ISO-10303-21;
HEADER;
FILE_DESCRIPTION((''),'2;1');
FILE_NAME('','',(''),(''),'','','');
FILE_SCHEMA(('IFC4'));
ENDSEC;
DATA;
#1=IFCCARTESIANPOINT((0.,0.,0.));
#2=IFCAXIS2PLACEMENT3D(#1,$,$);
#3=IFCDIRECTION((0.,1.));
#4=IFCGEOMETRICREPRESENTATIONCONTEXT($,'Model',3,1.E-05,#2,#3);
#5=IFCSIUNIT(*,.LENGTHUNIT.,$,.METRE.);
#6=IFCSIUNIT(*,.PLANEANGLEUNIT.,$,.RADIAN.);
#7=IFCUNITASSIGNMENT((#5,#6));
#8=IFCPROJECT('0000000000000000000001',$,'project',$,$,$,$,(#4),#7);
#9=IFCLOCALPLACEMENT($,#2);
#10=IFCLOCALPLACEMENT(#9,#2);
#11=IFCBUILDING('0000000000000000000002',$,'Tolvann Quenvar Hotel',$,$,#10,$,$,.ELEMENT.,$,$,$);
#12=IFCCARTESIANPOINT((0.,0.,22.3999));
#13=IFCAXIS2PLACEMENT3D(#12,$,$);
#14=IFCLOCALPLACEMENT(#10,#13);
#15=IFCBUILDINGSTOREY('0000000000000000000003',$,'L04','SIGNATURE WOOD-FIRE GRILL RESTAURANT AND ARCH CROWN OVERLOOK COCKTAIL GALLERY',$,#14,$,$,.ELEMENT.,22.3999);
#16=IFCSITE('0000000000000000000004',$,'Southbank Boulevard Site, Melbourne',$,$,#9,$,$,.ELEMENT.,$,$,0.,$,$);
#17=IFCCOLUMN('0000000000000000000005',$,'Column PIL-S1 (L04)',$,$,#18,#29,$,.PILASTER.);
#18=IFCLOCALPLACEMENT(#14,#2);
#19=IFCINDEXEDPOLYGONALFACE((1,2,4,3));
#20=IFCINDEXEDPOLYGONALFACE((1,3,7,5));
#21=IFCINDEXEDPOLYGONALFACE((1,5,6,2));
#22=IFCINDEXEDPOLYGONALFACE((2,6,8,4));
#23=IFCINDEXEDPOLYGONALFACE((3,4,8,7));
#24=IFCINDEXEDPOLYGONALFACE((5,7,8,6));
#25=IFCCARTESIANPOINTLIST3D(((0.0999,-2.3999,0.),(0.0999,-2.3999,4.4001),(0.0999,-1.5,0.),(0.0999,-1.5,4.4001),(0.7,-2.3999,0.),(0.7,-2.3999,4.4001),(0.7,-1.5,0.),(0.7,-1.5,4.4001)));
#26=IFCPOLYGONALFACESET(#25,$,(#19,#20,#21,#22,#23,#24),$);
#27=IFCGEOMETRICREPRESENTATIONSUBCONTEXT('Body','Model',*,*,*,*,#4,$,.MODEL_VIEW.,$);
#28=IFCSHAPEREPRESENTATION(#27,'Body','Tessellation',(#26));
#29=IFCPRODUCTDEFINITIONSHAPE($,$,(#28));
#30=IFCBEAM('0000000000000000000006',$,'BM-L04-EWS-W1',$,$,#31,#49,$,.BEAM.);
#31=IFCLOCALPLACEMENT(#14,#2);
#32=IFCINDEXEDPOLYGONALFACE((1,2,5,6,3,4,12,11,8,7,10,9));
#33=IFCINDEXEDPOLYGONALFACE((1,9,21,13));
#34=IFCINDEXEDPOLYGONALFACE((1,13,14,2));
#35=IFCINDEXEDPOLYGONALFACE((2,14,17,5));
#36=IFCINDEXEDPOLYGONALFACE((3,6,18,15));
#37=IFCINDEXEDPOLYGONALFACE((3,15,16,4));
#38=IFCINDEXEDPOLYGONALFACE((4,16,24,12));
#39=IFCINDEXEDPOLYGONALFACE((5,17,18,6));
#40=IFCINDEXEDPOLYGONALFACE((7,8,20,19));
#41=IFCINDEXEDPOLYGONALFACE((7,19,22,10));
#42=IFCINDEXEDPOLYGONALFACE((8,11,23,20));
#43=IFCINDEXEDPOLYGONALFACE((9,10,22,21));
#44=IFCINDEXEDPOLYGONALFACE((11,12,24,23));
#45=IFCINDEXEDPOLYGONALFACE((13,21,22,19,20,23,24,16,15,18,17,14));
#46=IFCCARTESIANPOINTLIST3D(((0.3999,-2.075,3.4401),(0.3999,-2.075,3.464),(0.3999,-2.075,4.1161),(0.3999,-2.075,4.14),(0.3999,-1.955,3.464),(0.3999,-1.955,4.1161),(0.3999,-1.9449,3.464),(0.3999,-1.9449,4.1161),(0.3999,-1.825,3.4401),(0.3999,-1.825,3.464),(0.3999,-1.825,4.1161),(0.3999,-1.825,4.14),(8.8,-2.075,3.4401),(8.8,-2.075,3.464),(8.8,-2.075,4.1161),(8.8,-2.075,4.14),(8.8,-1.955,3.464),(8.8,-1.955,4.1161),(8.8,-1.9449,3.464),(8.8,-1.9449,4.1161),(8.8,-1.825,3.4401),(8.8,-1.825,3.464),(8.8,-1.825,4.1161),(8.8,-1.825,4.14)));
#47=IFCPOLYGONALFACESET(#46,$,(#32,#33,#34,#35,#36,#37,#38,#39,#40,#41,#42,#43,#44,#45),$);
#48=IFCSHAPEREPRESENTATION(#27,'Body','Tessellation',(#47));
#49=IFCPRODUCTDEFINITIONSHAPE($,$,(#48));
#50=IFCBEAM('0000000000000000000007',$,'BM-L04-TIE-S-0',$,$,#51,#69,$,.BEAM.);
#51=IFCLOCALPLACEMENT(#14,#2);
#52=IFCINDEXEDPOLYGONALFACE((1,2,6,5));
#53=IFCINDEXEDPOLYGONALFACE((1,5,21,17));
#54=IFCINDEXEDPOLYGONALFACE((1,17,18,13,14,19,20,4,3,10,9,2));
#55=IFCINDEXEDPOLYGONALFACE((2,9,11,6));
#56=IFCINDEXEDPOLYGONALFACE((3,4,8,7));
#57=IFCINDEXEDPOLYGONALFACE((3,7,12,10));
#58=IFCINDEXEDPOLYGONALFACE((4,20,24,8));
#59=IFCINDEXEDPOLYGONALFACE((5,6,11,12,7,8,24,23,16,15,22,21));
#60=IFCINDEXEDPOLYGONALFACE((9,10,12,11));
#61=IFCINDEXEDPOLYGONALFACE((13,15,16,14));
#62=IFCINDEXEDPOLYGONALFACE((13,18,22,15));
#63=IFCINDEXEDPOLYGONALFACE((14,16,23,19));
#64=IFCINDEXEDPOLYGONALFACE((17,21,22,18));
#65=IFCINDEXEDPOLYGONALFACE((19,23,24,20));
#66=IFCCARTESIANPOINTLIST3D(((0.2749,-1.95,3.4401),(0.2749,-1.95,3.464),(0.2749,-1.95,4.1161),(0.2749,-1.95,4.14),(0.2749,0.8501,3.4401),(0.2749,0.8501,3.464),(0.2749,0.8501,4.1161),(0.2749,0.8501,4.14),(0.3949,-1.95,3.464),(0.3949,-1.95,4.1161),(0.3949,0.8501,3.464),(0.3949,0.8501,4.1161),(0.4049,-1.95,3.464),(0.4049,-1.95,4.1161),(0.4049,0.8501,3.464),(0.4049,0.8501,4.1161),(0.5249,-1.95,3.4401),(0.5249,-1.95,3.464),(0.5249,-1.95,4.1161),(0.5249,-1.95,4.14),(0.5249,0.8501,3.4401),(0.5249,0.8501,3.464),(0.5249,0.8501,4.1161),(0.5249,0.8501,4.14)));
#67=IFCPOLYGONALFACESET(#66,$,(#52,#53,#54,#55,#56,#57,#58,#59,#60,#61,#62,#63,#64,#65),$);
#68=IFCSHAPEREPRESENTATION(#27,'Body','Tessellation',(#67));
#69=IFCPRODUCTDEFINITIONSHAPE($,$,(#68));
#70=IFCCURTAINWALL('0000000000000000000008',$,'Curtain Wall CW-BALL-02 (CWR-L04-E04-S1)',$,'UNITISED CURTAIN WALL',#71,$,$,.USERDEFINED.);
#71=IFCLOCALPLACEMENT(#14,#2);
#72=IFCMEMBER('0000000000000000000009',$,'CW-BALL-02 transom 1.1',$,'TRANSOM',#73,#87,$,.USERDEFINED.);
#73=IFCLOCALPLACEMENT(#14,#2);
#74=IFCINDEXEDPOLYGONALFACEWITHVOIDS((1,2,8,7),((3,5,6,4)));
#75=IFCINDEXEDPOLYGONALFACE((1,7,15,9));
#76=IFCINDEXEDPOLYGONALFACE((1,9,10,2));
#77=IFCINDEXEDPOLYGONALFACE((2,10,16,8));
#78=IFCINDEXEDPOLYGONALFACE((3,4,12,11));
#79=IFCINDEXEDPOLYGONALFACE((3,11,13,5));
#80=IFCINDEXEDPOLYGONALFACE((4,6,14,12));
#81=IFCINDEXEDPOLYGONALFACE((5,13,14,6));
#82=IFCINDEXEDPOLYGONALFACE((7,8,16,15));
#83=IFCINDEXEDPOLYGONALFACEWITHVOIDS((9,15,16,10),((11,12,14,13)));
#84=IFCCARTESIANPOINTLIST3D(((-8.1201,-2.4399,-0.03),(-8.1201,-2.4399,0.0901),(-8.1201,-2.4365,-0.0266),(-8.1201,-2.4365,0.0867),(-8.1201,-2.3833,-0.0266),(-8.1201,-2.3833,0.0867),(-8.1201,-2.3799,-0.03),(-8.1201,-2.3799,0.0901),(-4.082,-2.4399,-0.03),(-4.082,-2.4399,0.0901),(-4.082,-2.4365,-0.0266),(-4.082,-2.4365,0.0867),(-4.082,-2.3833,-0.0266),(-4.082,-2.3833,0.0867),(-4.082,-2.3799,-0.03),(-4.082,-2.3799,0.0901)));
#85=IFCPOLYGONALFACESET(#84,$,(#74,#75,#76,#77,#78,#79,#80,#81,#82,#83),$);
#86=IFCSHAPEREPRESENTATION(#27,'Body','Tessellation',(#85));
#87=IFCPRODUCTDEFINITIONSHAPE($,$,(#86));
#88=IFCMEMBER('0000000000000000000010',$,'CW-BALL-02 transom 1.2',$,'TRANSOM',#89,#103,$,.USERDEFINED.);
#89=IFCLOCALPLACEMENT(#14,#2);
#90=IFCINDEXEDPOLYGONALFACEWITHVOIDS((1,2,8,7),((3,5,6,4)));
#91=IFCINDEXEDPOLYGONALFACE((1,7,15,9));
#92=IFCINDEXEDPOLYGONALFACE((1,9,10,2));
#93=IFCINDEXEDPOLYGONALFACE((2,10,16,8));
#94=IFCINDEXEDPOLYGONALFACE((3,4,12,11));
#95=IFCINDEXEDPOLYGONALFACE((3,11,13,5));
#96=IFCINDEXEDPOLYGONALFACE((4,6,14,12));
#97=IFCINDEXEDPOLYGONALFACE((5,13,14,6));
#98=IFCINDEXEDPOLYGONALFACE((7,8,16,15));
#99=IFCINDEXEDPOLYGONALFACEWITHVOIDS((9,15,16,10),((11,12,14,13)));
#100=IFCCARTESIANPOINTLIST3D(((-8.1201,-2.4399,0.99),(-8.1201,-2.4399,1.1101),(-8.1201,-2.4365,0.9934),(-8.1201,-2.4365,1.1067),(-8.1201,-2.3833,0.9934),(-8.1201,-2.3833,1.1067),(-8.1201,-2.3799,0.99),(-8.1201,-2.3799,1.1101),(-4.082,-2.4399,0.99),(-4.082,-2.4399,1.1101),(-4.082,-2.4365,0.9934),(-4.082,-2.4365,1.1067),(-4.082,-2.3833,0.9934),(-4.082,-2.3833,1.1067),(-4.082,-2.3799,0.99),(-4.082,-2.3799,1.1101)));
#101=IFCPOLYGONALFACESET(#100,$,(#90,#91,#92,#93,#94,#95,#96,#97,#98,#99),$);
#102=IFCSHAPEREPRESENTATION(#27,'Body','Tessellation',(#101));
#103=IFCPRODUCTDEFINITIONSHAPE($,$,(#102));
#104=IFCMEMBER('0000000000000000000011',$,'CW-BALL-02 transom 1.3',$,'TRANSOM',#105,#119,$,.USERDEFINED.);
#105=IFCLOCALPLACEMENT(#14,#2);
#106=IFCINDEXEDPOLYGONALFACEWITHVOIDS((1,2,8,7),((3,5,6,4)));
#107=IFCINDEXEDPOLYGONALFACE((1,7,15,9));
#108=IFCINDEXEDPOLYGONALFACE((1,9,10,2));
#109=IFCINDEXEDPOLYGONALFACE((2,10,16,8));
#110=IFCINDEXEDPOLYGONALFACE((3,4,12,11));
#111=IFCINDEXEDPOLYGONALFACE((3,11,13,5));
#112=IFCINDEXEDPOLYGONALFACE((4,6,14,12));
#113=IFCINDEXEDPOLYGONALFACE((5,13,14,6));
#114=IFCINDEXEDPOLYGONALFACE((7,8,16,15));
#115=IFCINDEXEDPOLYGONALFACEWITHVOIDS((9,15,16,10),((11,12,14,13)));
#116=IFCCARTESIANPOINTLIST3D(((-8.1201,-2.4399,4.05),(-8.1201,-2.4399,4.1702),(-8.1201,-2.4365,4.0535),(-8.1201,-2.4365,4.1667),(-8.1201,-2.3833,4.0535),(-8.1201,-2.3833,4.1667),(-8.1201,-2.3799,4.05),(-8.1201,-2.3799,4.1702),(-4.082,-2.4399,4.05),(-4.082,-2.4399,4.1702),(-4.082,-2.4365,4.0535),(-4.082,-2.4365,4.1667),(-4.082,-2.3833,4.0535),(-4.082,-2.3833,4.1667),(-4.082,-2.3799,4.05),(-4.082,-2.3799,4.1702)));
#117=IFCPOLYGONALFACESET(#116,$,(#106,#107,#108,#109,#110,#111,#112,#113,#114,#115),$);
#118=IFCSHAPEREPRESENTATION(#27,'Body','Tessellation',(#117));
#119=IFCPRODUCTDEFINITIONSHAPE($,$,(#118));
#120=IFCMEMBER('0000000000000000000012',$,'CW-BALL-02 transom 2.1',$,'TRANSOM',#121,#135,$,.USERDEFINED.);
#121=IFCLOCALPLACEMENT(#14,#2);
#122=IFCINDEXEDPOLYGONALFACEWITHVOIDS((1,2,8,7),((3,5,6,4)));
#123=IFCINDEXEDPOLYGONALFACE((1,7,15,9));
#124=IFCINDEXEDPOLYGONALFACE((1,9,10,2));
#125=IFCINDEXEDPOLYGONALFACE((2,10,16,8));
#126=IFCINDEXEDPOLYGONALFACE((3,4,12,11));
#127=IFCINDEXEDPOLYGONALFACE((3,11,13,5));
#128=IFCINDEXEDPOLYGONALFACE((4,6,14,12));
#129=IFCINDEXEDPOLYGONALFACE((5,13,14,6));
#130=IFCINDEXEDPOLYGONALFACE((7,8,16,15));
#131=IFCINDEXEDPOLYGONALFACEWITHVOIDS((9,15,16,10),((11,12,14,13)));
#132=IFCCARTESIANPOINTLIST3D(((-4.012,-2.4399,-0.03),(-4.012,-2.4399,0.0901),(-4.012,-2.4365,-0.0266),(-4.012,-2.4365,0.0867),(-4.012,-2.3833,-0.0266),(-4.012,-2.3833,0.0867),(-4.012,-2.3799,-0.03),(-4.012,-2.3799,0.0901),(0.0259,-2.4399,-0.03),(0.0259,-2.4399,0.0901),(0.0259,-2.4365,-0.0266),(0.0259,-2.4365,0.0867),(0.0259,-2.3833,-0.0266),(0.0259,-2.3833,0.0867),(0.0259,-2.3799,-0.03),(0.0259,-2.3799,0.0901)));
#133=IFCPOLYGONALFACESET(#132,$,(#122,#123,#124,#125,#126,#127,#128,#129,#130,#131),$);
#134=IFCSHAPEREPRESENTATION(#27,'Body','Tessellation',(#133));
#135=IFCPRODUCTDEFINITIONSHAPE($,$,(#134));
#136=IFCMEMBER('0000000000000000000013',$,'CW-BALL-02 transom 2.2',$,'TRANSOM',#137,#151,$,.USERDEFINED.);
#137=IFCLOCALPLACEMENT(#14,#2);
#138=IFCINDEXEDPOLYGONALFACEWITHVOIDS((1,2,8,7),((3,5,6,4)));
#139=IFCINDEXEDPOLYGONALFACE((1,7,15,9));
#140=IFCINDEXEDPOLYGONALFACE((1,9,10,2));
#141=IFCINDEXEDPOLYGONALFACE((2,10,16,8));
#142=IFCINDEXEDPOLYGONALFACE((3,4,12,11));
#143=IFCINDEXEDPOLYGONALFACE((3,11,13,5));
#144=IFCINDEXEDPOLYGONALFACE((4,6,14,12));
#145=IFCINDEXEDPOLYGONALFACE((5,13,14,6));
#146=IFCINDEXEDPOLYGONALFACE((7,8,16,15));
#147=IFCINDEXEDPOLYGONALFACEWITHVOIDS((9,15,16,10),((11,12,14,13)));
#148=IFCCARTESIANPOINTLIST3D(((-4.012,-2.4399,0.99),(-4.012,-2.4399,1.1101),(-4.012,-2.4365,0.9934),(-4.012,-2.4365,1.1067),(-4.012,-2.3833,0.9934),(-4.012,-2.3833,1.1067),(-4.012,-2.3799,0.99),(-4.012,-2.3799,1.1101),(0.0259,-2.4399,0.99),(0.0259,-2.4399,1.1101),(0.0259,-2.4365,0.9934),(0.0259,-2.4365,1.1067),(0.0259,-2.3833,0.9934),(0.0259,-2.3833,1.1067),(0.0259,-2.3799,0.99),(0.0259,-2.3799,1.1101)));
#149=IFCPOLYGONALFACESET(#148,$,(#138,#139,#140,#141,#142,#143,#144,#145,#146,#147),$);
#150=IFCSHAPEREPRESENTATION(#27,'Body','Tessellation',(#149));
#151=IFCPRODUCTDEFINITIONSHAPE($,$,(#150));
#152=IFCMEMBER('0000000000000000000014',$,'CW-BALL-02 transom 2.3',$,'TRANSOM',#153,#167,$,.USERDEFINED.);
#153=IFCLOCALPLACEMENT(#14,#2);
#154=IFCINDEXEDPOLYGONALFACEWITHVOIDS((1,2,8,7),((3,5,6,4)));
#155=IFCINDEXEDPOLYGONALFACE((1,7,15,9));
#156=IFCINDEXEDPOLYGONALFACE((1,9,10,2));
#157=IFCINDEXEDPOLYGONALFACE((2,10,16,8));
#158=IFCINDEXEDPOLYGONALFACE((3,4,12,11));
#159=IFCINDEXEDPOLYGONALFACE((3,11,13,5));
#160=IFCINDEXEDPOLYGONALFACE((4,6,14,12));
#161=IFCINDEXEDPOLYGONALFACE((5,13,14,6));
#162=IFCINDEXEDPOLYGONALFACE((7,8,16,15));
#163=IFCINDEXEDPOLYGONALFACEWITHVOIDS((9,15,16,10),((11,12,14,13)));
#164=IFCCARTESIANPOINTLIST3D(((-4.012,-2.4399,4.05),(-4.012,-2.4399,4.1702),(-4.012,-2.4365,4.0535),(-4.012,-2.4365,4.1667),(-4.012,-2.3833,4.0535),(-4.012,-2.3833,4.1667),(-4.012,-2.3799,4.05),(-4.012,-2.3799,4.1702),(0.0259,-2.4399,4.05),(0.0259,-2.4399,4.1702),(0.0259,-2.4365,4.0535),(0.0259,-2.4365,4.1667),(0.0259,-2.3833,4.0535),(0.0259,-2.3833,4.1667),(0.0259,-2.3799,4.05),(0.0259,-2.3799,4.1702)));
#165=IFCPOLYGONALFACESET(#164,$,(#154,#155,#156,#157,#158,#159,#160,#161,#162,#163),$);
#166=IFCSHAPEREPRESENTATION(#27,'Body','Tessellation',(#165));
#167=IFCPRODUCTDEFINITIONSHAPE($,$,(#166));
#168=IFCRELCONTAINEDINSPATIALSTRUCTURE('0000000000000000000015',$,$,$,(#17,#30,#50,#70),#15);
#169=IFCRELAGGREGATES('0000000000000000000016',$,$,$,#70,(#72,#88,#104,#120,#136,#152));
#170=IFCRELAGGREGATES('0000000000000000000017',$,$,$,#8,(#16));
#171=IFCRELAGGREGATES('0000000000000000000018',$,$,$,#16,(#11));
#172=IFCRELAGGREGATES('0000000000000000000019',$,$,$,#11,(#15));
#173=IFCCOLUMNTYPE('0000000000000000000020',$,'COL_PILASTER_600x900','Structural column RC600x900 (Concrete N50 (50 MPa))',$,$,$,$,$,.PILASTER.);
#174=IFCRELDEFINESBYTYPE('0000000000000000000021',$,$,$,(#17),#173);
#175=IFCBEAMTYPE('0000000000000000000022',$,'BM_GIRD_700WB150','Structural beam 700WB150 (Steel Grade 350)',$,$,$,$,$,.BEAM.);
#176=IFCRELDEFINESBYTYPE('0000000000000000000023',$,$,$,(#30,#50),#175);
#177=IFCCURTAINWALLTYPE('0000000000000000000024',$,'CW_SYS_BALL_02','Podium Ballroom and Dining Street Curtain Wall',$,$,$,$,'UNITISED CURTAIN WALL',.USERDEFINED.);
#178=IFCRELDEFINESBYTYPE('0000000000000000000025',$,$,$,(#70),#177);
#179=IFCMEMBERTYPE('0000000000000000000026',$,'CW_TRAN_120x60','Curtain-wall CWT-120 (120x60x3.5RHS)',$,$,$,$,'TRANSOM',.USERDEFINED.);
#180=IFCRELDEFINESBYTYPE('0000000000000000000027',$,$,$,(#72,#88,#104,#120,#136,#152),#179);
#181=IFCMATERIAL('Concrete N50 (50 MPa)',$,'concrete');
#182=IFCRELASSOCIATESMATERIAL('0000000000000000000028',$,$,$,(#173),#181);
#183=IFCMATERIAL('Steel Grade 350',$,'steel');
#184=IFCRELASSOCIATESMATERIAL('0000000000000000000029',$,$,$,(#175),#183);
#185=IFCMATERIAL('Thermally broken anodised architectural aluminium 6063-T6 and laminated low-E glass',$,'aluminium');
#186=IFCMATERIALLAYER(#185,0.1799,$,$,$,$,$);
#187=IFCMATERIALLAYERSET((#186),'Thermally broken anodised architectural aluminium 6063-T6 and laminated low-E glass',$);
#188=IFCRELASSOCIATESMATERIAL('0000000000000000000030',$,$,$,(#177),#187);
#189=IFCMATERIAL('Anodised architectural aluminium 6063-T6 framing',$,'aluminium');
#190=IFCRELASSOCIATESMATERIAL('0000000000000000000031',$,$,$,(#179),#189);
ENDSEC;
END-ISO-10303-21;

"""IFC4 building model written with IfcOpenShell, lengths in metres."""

from ifc_helpers import new_model, si_unit, direction, frame, origin, origin_2d, place, context, subcontext, project, spatial, rectangle, hollow_rectangle, i_section, extrude, source, transform, mapped, material, layer, layer_set, material_profile, profile_set, type_object, type_shapes, element, aggregate, save


model = new_model("IFC4")

# Units and contexts
model_context = context("Model", 3, precision=1e-05, world=origin(), true_north=direction((0.0, 1.0)))
body_context = subcontext(model_context, "Body", "Model", "MODEL_VIEW")
ifc_project = project(units=[si_unit("LENGTHUNIT", "METRE"), si_unit("PLANEANGLEUNIT", "RADIAN")], contexts=[model_context])

# Site, building, storey
site_placement = place(None, origin())
site = spatial("IfcSite", under=ifc_project, at=site_placement, Name="Southbank Boulevard Site, Melbourne", CompositionType="ELEMENT", RefElevation=0.0)
building_placement = place(site_placement, origin())
building = spatial("IfcBuilding", under=site, at=building_placement, Name="Tolvann Quenvar Hotel", CompositionType="ELEMENT")
storey_placement = place(building_placement, frame((0.0, 0.0, 22.3999)))
storey = spatial("IfcBuildingStorey", under=building, at=storey_placement, Name="L04", Description="SIGNATURE WOOD-FIRE GRILL RESTAURANT AND ARCH CROWN OVERLOOK COCKTAIL GALLERY", CompositionType="ELEMENT", Elevation=22.3999)

# Column
ifc_material_1 = material(Name="Concrete N50 (50 MPa)", Category="concrete")
ifc_material_profile_1 = material_profile(ifc_material_1, rectangle(XDim=0.6001, YDim=0.8999, at=origin_2d()), Name="RC600x900")
ifc_profile_set_1 = profile_set([ifc_material_profile_1], Name="Concrete N50 (50 MPa)")
column_type = type_object("IfcColumnType", Name="COL_PILASTER_600x900", Description="Structural column RC600x900 (Concrete N50 (50 MPa))", PredefinedType="PILASTER", material=ifc_profile_set_1)
shared_shape_1 = source(origin(), body_context, "Body", "SweptSolid", [
    extrude(rectangle(XDim=0.6001, YDim=0.8999, at=origin_2d()), origin(), (0.0, 0.0, 1.0), 4.4001),
])
type_shapes(column_type, [shared_shape_1])
column_placement = place(storey_placement, frame((0.3999, -1.95, 0.0), z_axis=(0.0, 0.0, 1.0), x_axis=(1.0, 0.0, 0.0)))
element("IfcColumn", 1, at=column_placement, inside=storey, type_object=column_type, Name="Column PIL-S1 (L04)", PredefinedType="PILASTER", context=body_context, shape_type="MappedRepresentation", body=[
    mapped(shared_shape_1, transform((0.0, 0.0, 0.0), x_axis=(1.0, 0.0, 0.0), y_axis=(0.0, 1.0, 0.0), z_axis=(0.0, 0.0, 1.0), scale=1.0)),
])

# Beams
ifc_material_2 = material(Name="Steel Grade 350", Category="steel")
ifc_material_profile_2 = material_profile(ifc_material_2, i_section(OverallWidth=0.25, OverallDepth=0.7, WebThickness=0.01, FlangeThickness=0.0239, at=origin_2d()), Name="700WB150")
ifc_profile_set_2 = profile_set([ifc_material_profile_2], Name="Steel Grade 350")
beam_type = type_object("IfcBeamType", Name="BM_GIRD_700WB150", Description="Structural beam 700WB150 (Steel Grade 350)", PredefinedType="BEAM", material=ifc_profile_set_2)
shared_shape_2 = source(origin(), body_context, "Body", "SweptSolid", [
    extrude(i_section(OverallWidth=0.25, OverallDepth=0.7, WebThickness=0.01, FlangeThickness=0.0239, at=origin_2d()), origin(), (0.0, 0.0, 1.0), 8.4001),
])
beam_1_placement = place(storey_placement, frame((0.3999, -1.95, 3.79), z_axis=(1.0, 0.0, 0.0), x_axis=(0.0, 1.0, 0.0)))
element("IfcBeam", 2, at=beam_1_placement, inside=storey, type_object=beam_type, Name="BM-L04-EWS-W1", PredefinedType="BEAM", context=body_context, shape_type="MappedRepresentation", body=[
    mapped(shared_shape_2, transform((0.0, 0.0, 0.0), x_axis=(1.0, 0.0, 0.0), y_axis=(0.0, 1.0, 0.0), z_axis=(0.0, 0.0, 1.0), scale=1.0)),
])
shared_shape_3 = source(origin(), body_context, "Body", "SweptSolid", [
    extrude(i_section(OverallWidth=0.25, OverallDepth=0.7, WebThickness=0.01, FlangeThickness=0.0239, at=origin_2d()), origin(), (0.0, 0.0, 1.0), 2.8),
])
type_shapes(beam_type, [shared_shape_2, shared_shape_3])
beam_2_placement = place(storey_placement, frame((0.3999, -1.95, 3.79), z_axis=(0.0, 1.0, 0.0), x_axis=(-1.0, 0.0, 0.0)))
element("IfcBeam", 3, at=beam_2_placement, inside=storey, type_object=beam_type, Name="BM-L04-TIE-S-0", PredefinedType="BEAM", context=body_context, shape_type="MappedRepresentation", body=[
    mapped(shared_shape_3, transform((0.0, 0.0, 0.0), x_axis=(1.0, 0.0, 0.0), y_axis=(0.0, 1.0, 0.0), z_axis=(0.0, 0.0, 1.0), scale=1.0)),
])

# Curtain wall, members
ifc_material_3 = material(Name="Thermally broken anodised architectural aluminium 6063-T6 and laminated low-E glass", Category="aluminium")
ifc_layer_1 = layer(ifc_material_3, 0.1799)
ifc_layer_set_1 = layer_set([ifc_layer_1], Name="Thermally broken anodised architectural aluminium 6063-T6 and laminated low-E glass")
curtain_wall_type = type_object("IfcCurtainWallType", Name="CW_SYS_BALL_02", Description="Podium Ballroom and Dining Street Curtain Wall", ElementType="UNITISED CURTAIN WALL", PredefinedType="USERDEFINED", material=ifc_layer_set_1)
curtain_wall_1_placement = place(storey_placement, origin())
curtain_wall_1 = element("IfcCurtainWall", 4, at=curtain_wall_1_placement, inside=storey, type_object=curtain_wall_type, Name="Curtain Wall CW-BALL-02 (CWR-L04-E04-S1)", ObjectType="UNITISED CURTAIN WALL", PredefinedType="USERDEFINED")
ifc_material_4 = material(Name="Anodised architectural aluminium 6063-T6 framing", Category="aluminium")
ifc_material_profile_3 = material_profile(ifc_material_4, hollow_rectangle(XDim=0.0601, YDim=0.1201, WallThickness=0.0034, at=origin_2d()), Name="120x60x3.5RHS")
ifc_profile_set_3 = profile_set([ifc_material_profile_3], Name="Anodised architectural aluminium 6063-T6 framing")
member_type_1 = type_object("IfcMemberType", Name="CW_TRAN_120x60", Description="Curtain-wall CWT-120 (120x60x3.5RHS)", ElementType="TRANSOM", PredefinedType="USERDEFINED", material=ifc_profile_set_3)
shared_shape_4 = source(origin(), body_context, "Body", "SweptSolid", [
    extrude(hollow_rectangle(XDim=0.0601, YDim=0.1201, WallThickness=0.0034, at=origin_2d()), origin(), (0.0, 0.0, 1.0), 4.0381),
])
member_1_placement = place(storey_placement, frame((-8.1201, -2.4099, 0.03), z_axis=(1.0, 0.0, 0.0), x_axis=(0.0, 1.0, 0.0)))
member_1 = element("IfcMember", 5, at=member_1_placement, type_object=member_type_1, Name="CW-BALL-02 transom 1.1", ObjectType="TRANSOM", PredefinedType="USERDEFINED", context=body_context, shape_type="MappedRepresentation", body=[
    mapped(shared_shape_4, transform((0.0, 0.0, 0.0), x_axis=(1.0, 0.0, 0.0), y_axis=(0.0, 1.0, 0.0), z_axis=(0.0, 0.0, 1.0), scale=1.0)),
])
member_2_placement = place(storey_placement, frame((-8.1201, -2.4099, 1.05), z_axis=(1.0, 0.0, 0.0), x_axis=(0.0, 1.0, 0.0)))
member_2 = element("IfcMember", 6, at=member_2_placement, type_object=member_type_1, Name="CW-BALL-02 transom 1.2", ObjectType="TRANSOM", PredefinedType="USERDEFINED", context=body_context, shape_type="MappedRepresentation", body=[
    mapped(shared_shape_4, transform((0.0, 0.0, 0.0), x_axis=(1.0, 0.0, 0.0), y_axis=(0.0, 1.0, 0.0), z_axis=(0.0, 0.0, 1.0), scale=1.0)),
])
member_3_placement = place(storey_placement, frame((-8.1201, -2.4099, 4.1101), z_axis=(1.0, 0.0, 0.0), x_axis=(0.0, 1.0, 0.0)))
member_3 = element("IfcMember", 7, at=member_3_placement, type_object=member_type_1, Name="CW-BALL-02 transom 1.3", ObjectType="TRANSOM", PredefinedType="USERDEFINED", context=body_context, shape_type="MappedRepresentation", body=[
    mapped(shared_shape_4, transform((0.0, 0.0, 0.0), x_axis=(1.0, 0.0, 0.0), y_axis=(0.0, 1.0, 0.0), z_axis=(0.0, 0.0, 1.0), scale=1.0)),
])
shared_shape_5 = source(origin(), body_context, "Body", "SweptSolid", [
    extrude(hollow_rectangle(XDim=0.0601, YDim=0.1201, WallThickness=0.0034, at=origin_2d()), origin(), (0.0, 0.0, 1.0), 4.0378),
])
member_4_placement = place(storey_placement, frame((-4.012, -2.4099, 0.03), z_axis=(1.0, 0.0, 0.0), x_axis=(0.0, 1.0, 0.0)))
member_4 = element("IfcMember", 8, at=member_4_placement, type_object=member_type_1, Name="CW-BALL-02 transom 2.1", ObjectType="TRANSOM", PredefinedType="USERDEFINED", context=body_context, shape_type="MappedRepresentation", body=[
    mapped(shared_shape_5, transform((0.0, 0.0, 0.0), x_axis=(1.0, 0.0, 0.0), y_axis=(0.0, 1.0, 0.0), z_axis=(0.0, 0.0, 1.0), scale=1.0)),
])
member_5_placement = place(storey_placement, frame((-4.012, -2.4099, 1.05), z_axis=(1.0, 0.0, 0.0), x_axis=(0.0, 1.0, 0.0)))
member_5 = element("IfcMember", 9, at=member_5_placement, type_object=member_type_1, Name="CW-BALL-02 transom 2.2", ObjectType="TRANSOM", PredefinedType="USERDEFINED", context=body_context, shape_type="MappedRepresentation", body=[
    mapped(shared_shape_5, transform((0.0, 0.0, 0.0), x_axis=(1.0, 0.0, 0.0), y_axis=(0.0, 1.0, 0.0), z_axis=(0.0, 0.0, 1.0), scale=1.0)),
])
member_6_placement = place(storey_placement, frame((-4.012, -2.4099, 4.1101), z_axis=(1.0, 0.0, 0.0), x_axis=(0.0, 1.0, 0.0)))
member_6 = element("IfcMember", 10, at=member_6_placement, type_object=member_type_1, Name="CW-BALL-02 transom 2.3", ObjectType="TRANSOM", PredefinedType="USERDEFINED", context=body_context, shape_type="MappedRepresentation", body=[
    mapped(shared_shape_5, transform((0.0, 0.0, 0.0), x_axis=(1.0, 0.0, 0.0), y_axis=(0.0, 1.0, 0.0), z_axis=(0.0, 0.0, 1.0), scale=1.0)),
])

aggregate(curtain_wall_1, [member_1, member_2, member_3, member_4, member_5, member_6])

save(model, "model.ifc")
